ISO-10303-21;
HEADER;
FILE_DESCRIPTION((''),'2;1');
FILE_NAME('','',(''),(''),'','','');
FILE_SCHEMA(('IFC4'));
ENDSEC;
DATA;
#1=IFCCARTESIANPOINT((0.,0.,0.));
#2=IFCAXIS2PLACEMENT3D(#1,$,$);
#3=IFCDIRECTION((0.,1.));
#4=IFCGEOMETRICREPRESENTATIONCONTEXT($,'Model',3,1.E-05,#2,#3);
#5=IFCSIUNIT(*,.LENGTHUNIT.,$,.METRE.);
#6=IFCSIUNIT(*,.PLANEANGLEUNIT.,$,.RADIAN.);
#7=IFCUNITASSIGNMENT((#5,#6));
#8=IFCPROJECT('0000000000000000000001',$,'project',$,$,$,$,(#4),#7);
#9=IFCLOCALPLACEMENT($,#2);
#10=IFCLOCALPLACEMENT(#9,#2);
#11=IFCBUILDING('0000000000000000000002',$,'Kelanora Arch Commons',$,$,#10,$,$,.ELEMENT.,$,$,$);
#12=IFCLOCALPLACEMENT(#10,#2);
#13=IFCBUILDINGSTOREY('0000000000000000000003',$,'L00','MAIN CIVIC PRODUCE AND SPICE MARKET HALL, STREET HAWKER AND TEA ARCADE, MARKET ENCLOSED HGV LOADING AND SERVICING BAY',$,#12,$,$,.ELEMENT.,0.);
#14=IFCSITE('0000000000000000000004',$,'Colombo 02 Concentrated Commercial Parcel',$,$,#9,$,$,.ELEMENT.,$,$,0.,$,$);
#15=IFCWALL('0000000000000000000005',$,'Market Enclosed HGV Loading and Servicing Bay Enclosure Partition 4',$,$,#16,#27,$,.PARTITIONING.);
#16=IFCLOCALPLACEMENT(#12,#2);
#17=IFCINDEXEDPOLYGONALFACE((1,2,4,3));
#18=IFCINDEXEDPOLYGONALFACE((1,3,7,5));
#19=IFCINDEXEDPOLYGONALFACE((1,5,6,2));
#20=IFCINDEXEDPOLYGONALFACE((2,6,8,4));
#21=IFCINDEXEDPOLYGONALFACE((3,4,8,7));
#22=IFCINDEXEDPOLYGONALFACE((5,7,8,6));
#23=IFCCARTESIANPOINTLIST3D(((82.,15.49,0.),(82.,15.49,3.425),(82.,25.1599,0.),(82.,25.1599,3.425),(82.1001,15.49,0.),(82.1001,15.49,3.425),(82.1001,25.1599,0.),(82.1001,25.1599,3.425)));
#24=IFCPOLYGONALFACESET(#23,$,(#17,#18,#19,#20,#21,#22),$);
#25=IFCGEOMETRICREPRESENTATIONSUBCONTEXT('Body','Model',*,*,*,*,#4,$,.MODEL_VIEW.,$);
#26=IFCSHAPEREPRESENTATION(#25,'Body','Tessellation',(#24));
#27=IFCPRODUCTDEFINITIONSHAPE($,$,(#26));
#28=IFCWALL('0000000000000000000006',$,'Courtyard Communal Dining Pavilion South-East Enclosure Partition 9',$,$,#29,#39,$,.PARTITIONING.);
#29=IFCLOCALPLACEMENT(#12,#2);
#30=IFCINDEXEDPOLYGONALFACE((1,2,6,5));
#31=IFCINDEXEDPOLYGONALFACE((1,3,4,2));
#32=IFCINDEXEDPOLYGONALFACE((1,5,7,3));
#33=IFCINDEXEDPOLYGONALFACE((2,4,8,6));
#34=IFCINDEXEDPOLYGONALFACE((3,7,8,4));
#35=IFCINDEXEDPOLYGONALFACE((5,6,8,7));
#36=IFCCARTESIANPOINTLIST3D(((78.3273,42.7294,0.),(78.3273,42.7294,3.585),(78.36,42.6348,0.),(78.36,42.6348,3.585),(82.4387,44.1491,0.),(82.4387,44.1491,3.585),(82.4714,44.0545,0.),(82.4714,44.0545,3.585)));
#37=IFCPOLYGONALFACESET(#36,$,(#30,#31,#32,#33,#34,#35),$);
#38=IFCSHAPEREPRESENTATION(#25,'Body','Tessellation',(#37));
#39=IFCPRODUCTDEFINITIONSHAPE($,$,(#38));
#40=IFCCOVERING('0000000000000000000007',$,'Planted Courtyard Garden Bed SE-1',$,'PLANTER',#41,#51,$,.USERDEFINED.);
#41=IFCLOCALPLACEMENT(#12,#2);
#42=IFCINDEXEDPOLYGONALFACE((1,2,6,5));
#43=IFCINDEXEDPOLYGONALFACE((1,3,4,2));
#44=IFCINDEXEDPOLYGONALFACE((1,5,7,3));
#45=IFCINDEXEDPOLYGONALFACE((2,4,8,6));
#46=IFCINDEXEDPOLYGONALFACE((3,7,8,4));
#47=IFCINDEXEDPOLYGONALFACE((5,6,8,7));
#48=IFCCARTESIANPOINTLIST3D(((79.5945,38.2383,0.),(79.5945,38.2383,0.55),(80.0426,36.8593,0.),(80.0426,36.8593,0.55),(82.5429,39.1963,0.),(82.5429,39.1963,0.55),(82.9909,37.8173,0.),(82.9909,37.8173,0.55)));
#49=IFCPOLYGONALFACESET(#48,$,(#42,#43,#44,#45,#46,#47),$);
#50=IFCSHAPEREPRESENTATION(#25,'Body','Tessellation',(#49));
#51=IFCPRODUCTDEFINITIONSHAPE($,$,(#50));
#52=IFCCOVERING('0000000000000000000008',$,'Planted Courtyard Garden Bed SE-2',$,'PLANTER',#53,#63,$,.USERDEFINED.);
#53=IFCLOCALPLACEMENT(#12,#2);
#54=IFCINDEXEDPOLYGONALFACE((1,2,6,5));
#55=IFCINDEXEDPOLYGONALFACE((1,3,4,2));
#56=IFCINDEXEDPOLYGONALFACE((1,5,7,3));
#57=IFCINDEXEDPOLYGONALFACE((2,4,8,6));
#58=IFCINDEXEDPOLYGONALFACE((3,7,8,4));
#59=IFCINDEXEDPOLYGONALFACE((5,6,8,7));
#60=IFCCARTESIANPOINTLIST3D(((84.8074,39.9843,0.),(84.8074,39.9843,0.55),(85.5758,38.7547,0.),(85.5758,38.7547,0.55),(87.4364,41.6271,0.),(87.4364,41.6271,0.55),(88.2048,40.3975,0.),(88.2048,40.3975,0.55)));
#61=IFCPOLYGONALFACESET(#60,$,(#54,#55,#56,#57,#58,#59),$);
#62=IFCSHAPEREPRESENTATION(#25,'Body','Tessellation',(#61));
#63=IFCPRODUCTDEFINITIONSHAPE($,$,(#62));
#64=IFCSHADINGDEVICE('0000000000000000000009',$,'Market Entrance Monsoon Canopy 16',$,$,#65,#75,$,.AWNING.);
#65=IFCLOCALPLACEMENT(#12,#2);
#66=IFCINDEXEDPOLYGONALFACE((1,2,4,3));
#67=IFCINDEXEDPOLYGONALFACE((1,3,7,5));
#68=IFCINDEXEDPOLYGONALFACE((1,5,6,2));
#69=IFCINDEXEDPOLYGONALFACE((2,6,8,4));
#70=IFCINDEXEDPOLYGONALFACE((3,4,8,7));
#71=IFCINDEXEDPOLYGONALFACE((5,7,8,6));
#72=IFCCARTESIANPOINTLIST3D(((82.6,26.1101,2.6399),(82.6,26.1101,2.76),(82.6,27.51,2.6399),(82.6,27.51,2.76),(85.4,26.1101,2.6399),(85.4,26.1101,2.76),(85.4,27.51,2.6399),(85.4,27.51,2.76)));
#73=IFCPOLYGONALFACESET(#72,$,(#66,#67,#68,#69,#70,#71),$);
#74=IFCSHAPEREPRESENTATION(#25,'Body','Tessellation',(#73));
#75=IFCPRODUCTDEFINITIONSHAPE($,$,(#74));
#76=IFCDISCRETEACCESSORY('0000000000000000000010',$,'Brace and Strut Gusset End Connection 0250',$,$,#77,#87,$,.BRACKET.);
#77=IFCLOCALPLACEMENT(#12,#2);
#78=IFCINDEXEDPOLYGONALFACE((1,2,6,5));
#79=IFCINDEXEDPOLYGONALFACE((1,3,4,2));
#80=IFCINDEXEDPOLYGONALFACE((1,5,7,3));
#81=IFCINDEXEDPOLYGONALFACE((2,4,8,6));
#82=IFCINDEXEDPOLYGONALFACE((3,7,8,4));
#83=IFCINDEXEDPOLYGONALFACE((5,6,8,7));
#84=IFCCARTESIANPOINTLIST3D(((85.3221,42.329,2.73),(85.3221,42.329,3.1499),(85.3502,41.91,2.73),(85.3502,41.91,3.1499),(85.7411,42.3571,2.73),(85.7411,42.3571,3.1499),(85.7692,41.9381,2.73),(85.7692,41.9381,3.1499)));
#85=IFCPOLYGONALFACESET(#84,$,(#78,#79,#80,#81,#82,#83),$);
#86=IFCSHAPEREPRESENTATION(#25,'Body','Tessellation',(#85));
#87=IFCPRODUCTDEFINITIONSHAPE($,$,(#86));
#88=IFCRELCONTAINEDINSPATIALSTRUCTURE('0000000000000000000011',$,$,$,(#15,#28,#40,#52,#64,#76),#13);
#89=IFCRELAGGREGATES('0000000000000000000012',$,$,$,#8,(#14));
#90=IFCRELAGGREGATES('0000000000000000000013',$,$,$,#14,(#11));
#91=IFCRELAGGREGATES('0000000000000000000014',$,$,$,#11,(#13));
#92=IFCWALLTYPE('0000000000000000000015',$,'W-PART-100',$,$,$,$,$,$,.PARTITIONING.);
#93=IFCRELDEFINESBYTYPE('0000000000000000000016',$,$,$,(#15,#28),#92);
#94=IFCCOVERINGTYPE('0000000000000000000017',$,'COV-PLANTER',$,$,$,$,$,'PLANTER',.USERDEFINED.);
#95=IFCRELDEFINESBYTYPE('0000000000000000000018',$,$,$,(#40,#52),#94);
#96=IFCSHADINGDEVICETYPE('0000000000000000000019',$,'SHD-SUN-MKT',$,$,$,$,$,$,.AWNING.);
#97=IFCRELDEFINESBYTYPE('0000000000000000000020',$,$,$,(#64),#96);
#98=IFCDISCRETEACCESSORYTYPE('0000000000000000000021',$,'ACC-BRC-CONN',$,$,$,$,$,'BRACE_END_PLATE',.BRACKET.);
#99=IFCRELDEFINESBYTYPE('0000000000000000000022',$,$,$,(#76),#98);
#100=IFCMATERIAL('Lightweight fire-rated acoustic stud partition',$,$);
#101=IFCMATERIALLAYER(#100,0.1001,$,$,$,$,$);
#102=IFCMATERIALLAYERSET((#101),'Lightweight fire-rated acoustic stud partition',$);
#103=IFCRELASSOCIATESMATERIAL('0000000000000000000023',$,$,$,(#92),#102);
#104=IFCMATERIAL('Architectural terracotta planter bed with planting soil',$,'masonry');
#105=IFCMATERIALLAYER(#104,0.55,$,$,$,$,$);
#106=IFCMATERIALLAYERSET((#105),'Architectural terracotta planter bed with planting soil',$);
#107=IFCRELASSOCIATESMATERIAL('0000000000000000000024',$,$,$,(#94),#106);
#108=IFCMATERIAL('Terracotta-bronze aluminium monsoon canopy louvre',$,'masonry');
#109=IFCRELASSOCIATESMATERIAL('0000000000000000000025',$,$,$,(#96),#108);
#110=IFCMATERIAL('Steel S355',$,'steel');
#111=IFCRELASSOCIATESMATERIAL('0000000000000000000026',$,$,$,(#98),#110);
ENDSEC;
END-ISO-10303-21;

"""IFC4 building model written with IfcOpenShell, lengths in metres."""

from ifc_helpers import new_model, si_unit, direction, frame, frame_2d, origin, origin_2d, place, context, subcontext, project, spatial, rectangle, extrude, source, transform, mapped, material, layer, layer_set, type_object, element, save


model = new_model("IFC4")

# Units and contexts
model_context = context("Model", 3, precision=1e-05, world=origin(), true_north=direction((0.0, 1.0)))
body_context = subcontext(model_context, "Body", "Model", "MODEL_VIEW")
ifc_project = project(units=[si_unit("LENGTHUNIT", "METRE"), si_unit("PLANEANGLEUNIT", "RADIAN")], contexts=[model_context])

# Site, building, storey
site_placement = place(None, origin())
site = spatial("IfcSite", under=ifc_project, at=site_placement, Name="Colombo 02 Concentrated Commercial Parcel", CompositionType="ELEMENT", RefElevation=0.0)
building_placement = place(site_placement, origin())
building = spatial("IfcBuilding", under=site, at=building_placement, Name="Kelanora Arch Commons", CompositionType="ELEMENT")
storey_placement = place(building_placement, origin())
storey = spatial("IfcBuildingStorey", under=building, at=storey_placement, Name="L00", Description="MAIN CIVIC PRODUCE AND SPICE MARKET HALL, STREET HAWKER AND TEA ARCADE, MARKET ENCLOSED HGV LOADING AND SERVICING BAY", CompositionType="ELEMENT", Elevation=0.0)

# Shared definitions
ifc_material_1 = material(Name="Steel S355", Category="steel")

# Walls
ifc_material_2 = material(Name="Lightweight fire-rated acoustic stud partition")
ifc_layer_1 = layer(ifc_material_2, 0.1001)
ifc_layer_set_1 = layer_set([ifc_layer_1], Name="Lightweight fire-rated acoustic stud partition")
wall_type_1 = type_object("IfcWallType", Name="W-PART-100", PredefinedType="PARTITIONING", material=ifc_layer_set_1)
wall_1_placement = place(storey_placement, frame((82.05, 25.1599, 0.0), z_axis=(0.0, 0.0, 1.0), x_axis=(0.0, -1.0, 0.0)))
element("IfcWall", 1, at=wall_1_placement, inside=storey, type_object=wall_type_1, Name="Market Enclosed HGV Loading and Servicing Bay Enclosure Partition 4", PredefinedType="PARTITIONING", context=body_context, shape_type="SweptSolid", body=[
    extrude(rectangle(XDim=9.6699, YDim=0.1001, at=frame_2d((4.835, 0.0))), origin(), (0.0, 0.0, 1.0), 3.425),
])
wall_2_placement = place(storey_placement, frame((82.4551, 44.1018, 0.0), z_axis=(0.0, 0.0, 1.0), x_axis=(-0.945233, -0.326397, 0.0)))
element("IfcWall", 2, at=wall_2_placement, inside=storey, type_object=wall_type_1, Name="Courtyard Communal Dining Pavilion South-East Enclosure Partition 9", PredefinedType="PARTITIONING", context=body_context, shape_type="SweptSolid", body=[
    extrude(rectangle(XDim=4.3496, YDim=0.1001, at=frame_2d((2.1748, 0.0))), origin(), (0.0, 0.0, 1.0), 3.585),
])

# Coverings
ifc_material_3 = material(Name="Architectural terracotta planter bed with planting soil", Category="masonry")
ifc_layer_2 = layer(ifc_material_3, 0.55)
ifc_layer_set_2 = layer_set([ifc_layer_2], Name="Architectural terracotta planter bed with planting soil")
covering_type = type_object("IfcCoveringType", Name="COV-PLANTER", ElementType="PLANTER", PredefinedType="USERDEFINED", material=ifc_layer_set_2)
shared_shape_1 = source(origin(), body_context, "Body", "SweptSolid", [
    extrude(rectangle(XDim=3.1001, YDim=1.45, at=origin_2d()), origin(), (0.0, 0.0, 1.0), 0.55),
])
for number, where, z_axis, x_axis, name in (
    (3, (81.2927, 38.0278, 0.0), (0.0, 0.0, 1.0), (0.951057, 0.309017, 0.0), "Planted Courtyard Garden Bed SE-1"),
    (4, (86.5061, 40.1909, 0.0), (0.0, 0.0, 1.0), (0.848048, 0.529919, 0.0), "Planted Courtyard Garden Bed SE-2"),
):
    element("IfcCovering", number, at=place(storey_placement, frame(where, z_axis=z_axis, x_axis=x_axis)), inside=storey, type_object=covering_type, Name=name, ObjectType="PLANTER", PredefinedType="USERDEFINED", context=body_context, shape_type="MappedRepresentation", body=[
        mapped(shared_shape_1, transform((0.0, 0.0, 0.0), scale=1.0)),
    ])

# Shading device
ifc_material_4 = material(Name="Terracotta-bronze aluminium monsoon canopy louvre", Category="masonry")
shading_device_type = type_object("IfcShadingDeviceType", Name="SHD-SUN-MKT", PredefinedType="AWNING", material=ifc_material_4)
shared_shape_2 = source(origin(), body_context, "Body", "SweptSolid", [
    extrude(rectangle(XDim=2.8, YDim=1.3999, at=origin_2d()), origin(), (0.0, 0.0, 1.0), 0.1201),
])
shading_device_placement = place(storey_placement, frame((84.0, 26.8101, 2.6399), z_axis=(0.0, 0.0, 1.0), x_axis=(-1.0, 0.0, 0.0)))
element("IfcShadingDevice", 5, at=shading_device_placement, inside=storey, type_object=shading_device_type, Name="Market Entrance Monsoon Canopy 16", PredefinedType="AWNING", context=body_context, shape_type="MappedRepresentation", body=[
    mapped(shared_shape_2, transform((0.0, 0.0, 0.0), scale=1.0)),
])

# Discrete accessory
discrete_accessory_type = type_object("IfcDiscreteAccessoryType", Name="ACC-BRC-CONN", ElementType="BRACE_END_PLATE", PredefinedType="BRACKET", material=ifc_material_1)
shared_shape_3 = source(origin(), body_context, "Body", "SweptSolid", [
    extrude(rectangle(XDim=0.4199, YDim=0.4199, at=origin_2d()), origin(), (0.0, 0.0, 1.0), 0.4199),
])
discrete_accessory_placement = place(storey_placement, frame((85.5457, 42.1335, 2.73), z_axis=(0.0, 0.0, 1.0), x_axis=(0.997755, 0.06697, 0.0)))
element("IfcDiscreteAccessory", 6, at=discrete_accessory_placement, inside=storey, type_object=discrete_accessory_type, Name="Brace and Strut Gusset End Connection 0250", PredefinedType="BRACKET", context=body_context, shape_type="MappedRepresentation", body=[
    mapped(shared_shape_3, transform((0.0, 0.0, 0.0), scale=1.0)),
])

save(model, "model.ifc")
